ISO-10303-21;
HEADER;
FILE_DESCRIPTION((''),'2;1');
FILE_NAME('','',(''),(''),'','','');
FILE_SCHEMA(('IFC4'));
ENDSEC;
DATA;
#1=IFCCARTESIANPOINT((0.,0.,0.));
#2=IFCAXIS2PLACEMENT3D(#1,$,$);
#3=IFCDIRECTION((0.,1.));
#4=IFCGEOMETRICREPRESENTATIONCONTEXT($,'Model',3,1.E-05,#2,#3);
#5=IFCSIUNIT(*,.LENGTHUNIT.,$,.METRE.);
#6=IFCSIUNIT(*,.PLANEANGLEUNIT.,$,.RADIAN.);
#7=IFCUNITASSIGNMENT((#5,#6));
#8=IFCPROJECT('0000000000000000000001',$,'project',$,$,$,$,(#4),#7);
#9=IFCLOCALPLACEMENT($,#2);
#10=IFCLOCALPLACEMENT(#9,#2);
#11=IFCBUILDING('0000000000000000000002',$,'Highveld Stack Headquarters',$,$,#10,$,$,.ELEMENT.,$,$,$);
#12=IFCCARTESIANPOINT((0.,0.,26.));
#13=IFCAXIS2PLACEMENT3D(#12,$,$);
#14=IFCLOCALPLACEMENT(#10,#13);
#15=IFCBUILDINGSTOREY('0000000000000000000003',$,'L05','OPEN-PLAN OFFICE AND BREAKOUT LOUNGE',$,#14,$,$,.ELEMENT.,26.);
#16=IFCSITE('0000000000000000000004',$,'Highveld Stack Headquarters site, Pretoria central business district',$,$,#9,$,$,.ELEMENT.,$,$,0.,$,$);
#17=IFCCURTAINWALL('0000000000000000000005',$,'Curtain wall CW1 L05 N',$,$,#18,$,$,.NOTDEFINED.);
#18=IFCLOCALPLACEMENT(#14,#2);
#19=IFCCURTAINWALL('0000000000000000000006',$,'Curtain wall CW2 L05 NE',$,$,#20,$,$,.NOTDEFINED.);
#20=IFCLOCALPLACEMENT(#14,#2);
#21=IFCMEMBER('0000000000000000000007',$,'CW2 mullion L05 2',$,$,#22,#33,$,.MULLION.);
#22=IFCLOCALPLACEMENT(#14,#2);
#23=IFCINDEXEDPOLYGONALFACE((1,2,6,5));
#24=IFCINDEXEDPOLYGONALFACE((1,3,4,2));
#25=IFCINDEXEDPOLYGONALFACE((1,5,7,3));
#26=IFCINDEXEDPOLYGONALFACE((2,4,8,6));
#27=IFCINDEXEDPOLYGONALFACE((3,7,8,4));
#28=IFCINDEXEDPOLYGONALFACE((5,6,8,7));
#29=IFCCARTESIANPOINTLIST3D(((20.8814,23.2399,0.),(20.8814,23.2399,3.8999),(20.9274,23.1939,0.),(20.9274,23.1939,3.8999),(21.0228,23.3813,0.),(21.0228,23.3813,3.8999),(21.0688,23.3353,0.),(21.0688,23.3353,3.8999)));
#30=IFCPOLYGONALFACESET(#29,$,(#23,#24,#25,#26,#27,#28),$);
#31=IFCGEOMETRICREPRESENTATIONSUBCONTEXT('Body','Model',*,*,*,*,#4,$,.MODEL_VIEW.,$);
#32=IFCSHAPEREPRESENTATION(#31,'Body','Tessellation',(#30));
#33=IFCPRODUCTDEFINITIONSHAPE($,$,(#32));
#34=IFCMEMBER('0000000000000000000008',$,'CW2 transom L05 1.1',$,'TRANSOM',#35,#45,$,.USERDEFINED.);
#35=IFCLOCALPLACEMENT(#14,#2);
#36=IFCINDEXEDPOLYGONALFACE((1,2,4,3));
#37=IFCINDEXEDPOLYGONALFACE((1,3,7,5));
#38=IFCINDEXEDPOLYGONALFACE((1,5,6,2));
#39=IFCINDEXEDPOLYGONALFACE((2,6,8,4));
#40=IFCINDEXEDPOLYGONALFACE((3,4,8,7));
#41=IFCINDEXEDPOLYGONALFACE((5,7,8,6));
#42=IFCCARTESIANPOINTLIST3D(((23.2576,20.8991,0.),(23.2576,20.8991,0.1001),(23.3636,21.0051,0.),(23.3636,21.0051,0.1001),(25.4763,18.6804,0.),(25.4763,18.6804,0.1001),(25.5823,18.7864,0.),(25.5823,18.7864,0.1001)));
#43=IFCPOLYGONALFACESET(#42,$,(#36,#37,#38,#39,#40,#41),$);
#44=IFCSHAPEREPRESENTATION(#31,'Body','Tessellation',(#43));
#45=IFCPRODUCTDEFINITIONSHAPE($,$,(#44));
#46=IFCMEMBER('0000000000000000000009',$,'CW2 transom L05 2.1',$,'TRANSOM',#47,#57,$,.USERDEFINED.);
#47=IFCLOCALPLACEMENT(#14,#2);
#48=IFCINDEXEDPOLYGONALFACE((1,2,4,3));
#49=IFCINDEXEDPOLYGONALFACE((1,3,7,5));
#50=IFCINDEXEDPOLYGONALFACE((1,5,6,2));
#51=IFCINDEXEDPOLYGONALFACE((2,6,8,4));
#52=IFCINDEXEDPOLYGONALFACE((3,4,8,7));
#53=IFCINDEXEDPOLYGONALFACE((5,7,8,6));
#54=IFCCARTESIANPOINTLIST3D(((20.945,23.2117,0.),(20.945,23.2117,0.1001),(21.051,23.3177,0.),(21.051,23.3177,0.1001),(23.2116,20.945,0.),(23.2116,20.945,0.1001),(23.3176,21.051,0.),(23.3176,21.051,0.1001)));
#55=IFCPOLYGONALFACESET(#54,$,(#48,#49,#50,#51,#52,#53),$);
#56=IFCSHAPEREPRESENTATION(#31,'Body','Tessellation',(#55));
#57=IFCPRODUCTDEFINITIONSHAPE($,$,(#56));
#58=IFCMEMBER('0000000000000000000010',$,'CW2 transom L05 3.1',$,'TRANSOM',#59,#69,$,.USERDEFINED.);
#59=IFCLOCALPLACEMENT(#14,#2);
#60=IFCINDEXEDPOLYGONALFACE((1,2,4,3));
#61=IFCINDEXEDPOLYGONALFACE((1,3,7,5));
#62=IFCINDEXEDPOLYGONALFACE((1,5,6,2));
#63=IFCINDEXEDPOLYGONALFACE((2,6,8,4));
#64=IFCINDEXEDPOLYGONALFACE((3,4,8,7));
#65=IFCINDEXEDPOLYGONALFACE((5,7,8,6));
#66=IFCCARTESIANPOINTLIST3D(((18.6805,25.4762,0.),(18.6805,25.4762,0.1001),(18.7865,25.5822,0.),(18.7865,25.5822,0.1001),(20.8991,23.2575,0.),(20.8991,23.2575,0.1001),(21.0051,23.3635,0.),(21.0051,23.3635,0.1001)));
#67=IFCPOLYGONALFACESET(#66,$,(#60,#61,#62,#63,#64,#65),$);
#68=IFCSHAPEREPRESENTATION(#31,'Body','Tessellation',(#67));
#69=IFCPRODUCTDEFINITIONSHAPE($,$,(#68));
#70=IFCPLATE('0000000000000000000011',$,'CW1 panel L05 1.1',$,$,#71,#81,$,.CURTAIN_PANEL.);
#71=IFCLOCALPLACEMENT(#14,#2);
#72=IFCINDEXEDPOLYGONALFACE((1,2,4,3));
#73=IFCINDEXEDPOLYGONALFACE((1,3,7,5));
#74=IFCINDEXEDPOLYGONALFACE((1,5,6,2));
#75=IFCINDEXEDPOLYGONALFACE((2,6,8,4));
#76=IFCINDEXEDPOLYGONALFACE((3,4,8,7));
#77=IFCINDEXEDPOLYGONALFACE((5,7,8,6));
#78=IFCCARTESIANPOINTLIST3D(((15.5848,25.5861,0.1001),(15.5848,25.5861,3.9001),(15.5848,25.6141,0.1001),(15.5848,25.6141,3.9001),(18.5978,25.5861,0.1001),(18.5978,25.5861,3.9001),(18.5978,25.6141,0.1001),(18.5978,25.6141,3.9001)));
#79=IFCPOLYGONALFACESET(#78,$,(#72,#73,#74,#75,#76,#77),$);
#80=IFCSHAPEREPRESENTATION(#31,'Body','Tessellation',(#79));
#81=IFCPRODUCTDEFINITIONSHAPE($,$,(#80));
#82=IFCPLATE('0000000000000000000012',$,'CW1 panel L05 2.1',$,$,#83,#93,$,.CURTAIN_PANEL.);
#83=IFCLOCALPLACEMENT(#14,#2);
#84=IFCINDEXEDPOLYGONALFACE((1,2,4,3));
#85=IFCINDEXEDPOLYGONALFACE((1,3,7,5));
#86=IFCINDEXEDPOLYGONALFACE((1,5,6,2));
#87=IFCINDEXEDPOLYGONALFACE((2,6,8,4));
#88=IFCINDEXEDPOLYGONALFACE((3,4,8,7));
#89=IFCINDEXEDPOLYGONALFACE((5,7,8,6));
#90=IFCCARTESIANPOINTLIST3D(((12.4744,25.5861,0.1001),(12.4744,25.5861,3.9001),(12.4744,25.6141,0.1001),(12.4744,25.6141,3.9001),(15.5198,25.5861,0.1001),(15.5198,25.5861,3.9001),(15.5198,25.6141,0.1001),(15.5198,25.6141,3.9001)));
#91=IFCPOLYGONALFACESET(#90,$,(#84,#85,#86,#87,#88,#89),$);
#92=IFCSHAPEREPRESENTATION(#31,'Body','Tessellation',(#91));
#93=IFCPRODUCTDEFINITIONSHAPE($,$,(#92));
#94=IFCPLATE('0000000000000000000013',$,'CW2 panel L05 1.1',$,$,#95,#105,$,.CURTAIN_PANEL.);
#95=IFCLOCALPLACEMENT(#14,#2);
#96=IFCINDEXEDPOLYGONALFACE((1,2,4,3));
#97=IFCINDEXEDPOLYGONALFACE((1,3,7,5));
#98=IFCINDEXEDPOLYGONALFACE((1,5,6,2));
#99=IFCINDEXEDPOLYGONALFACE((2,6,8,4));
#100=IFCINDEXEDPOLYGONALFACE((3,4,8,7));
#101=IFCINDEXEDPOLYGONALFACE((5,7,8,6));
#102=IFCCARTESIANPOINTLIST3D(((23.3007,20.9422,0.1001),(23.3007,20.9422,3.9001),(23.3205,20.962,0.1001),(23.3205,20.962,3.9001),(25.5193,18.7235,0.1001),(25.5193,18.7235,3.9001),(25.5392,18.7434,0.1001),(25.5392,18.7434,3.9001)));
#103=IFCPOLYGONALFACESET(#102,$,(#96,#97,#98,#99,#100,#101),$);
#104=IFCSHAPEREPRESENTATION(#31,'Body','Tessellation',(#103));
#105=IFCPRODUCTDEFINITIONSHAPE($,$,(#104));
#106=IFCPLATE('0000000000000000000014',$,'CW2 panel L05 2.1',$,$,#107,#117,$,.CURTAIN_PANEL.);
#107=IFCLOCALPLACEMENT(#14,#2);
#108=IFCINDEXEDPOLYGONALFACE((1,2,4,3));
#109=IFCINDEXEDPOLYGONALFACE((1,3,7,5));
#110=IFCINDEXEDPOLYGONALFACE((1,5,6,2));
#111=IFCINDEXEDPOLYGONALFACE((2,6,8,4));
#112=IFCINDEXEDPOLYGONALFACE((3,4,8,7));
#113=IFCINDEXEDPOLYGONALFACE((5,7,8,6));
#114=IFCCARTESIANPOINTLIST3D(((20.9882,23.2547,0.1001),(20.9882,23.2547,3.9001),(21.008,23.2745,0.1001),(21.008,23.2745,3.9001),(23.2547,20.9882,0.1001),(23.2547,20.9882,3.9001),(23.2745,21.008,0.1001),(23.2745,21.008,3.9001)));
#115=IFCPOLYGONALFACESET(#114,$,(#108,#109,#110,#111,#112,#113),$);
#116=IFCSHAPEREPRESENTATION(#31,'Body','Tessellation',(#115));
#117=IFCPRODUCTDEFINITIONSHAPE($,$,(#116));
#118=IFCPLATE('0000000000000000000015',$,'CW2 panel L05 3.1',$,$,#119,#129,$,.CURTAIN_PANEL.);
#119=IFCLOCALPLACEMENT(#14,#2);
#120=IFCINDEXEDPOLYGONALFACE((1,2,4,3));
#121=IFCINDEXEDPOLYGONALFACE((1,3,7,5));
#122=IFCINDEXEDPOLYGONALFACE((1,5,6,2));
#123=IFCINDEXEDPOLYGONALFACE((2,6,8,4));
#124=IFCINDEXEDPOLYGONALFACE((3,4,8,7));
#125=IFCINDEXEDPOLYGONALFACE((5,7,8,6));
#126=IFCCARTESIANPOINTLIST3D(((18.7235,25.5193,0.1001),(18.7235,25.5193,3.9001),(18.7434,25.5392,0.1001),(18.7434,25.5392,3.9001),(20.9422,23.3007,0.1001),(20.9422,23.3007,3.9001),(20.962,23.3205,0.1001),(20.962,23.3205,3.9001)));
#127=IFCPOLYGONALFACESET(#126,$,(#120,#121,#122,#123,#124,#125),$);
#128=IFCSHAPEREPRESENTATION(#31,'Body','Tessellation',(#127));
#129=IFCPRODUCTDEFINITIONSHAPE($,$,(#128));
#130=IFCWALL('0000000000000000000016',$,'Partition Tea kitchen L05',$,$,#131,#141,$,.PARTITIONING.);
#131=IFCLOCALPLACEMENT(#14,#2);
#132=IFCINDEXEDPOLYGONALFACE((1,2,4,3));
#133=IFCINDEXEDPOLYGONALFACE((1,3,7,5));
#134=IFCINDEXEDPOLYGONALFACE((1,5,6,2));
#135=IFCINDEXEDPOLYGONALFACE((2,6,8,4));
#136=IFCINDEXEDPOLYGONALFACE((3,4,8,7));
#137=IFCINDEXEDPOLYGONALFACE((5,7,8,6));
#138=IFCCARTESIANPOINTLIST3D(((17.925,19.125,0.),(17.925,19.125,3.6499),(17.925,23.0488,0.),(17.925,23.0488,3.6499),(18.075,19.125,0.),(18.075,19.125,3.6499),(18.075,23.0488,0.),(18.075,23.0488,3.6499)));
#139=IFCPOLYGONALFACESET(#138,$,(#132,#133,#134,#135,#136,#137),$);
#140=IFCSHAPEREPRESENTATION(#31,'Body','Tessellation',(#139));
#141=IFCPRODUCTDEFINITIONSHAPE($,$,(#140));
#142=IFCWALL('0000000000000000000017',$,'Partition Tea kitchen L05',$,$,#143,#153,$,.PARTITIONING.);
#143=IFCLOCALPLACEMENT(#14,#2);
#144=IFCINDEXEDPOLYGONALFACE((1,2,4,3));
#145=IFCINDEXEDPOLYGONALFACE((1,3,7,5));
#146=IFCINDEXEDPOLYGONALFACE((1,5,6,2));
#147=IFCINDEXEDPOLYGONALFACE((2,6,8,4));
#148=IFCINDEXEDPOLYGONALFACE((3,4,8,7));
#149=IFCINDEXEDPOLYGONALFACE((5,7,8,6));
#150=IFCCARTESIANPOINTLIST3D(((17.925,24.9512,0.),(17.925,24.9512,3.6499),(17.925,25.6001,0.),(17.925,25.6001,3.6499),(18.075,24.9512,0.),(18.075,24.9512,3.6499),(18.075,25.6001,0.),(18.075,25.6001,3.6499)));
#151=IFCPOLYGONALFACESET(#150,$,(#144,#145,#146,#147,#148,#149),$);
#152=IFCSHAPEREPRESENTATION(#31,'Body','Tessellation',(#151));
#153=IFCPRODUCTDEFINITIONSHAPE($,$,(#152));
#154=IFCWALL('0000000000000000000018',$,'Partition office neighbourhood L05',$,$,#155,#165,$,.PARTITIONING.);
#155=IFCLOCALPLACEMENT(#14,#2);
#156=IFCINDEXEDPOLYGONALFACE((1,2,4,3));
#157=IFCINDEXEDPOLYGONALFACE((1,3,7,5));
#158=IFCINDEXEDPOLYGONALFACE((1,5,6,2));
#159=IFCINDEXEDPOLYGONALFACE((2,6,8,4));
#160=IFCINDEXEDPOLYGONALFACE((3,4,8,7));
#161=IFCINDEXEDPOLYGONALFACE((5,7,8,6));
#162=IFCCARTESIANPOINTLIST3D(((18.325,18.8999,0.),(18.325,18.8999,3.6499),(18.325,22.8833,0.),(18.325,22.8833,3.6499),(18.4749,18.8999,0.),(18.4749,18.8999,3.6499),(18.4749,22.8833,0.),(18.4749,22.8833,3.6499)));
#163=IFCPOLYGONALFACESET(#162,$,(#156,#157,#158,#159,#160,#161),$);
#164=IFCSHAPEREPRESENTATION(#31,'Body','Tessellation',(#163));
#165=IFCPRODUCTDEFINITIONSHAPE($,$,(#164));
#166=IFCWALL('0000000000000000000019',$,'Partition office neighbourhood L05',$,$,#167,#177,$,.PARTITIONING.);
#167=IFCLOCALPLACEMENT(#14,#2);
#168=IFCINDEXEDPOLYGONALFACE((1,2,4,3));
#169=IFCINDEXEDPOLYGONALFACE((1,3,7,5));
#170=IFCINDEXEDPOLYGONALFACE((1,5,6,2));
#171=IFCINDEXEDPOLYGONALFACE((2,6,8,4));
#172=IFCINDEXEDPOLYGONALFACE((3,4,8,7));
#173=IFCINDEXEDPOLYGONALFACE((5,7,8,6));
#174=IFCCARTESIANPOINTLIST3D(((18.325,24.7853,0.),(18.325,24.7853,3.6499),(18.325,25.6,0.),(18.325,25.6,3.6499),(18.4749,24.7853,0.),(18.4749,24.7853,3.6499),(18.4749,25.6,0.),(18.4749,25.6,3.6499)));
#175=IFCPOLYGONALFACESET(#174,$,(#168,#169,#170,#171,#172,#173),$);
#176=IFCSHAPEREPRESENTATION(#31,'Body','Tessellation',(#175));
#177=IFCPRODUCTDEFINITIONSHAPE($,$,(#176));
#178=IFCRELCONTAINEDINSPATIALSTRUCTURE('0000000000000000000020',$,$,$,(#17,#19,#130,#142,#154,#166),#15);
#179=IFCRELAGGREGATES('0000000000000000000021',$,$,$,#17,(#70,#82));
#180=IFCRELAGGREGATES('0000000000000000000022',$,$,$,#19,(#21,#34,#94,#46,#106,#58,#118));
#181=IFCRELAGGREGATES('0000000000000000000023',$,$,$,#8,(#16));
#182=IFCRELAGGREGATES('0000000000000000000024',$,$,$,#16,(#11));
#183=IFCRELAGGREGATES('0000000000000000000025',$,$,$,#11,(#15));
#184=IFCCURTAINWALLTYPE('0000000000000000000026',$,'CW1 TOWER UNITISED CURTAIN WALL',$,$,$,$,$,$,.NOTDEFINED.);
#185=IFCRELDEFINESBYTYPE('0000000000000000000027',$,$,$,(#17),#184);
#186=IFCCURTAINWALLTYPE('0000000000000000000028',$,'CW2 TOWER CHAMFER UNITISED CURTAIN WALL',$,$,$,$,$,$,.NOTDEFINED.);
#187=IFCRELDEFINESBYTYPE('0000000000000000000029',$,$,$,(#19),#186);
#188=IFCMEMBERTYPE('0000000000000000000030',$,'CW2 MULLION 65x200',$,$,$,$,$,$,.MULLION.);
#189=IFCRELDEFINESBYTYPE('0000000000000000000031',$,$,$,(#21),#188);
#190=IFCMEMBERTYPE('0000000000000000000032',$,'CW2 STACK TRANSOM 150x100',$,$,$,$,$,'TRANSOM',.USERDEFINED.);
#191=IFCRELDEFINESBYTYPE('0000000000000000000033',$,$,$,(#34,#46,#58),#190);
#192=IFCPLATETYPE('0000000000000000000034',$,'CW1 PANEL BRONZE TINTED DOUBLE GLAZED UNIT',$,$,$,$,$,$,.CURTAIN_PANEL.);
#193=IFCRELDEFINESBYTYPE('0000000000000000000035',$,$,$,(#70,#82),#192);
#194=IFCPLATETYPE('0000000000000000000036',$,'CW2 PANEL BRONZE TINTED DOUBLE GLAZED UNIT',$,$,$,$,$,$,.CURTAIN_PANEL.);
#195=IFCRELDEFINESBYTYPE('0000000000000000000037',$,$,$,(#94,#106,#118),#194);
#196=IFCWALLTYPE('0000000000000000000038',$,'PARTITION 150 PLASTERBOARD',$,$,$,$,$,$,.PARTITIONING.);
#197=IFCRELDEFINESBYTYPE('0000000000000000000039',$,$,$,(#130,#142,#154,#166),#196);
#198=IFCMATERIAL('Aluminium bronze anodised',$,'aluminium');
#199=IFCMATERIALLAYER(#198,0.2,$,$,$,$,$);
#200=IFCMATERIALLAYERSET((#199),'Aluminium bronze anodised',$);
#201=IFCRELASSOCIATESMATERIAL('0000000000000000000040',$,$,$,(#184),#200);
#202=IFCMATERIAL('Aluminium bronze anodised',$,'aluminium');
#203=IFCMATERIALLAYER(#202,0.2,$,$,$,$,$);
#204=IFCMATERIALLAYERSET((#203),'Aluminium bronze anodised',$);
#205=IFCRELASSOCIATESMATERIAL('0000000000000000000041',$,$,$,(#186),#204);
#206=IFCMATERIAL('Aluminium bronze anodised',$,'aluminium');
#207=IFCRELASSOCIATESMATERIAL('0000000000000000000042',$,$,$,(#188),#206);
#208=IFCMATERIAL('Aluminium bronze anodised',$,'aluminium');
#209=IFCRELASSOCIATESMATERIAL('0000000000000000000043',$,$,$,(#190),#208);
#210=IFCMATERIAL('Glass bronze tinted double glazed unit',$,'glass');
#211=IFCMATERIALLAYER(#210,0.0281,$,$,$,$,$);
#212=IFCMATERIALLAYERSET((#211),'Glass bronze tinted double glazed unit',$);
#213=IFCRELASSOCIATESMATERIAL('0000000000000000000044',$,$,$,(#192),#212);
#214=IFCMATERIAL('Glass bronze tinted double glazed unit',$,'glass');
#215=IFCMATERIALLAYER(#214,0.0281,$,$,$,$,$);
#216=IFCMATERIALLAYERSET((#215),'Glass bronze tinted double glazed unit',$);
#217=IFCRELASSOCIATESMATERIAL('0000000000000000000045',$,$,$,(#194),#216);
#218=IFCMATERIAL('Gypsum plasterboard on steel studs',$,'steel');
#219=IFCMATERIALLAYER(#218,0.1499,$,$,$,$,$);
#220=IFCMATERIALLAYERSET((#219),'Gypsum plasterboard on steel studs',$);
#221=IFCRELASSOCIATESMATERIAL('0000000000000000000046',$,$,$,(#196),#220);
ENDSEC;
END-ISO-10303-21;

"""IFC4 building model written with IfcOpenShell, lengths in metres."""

from ifc_helpers import new_model, si_unit, direction, frame, frame_2d, origin, origin_2d, place, context, subcontext, project, spatial, rectangle, extrude, material, layer, layer_set, material_profile, profile_set, type_object, element, aggregate, save


model = new_model("IFC4")

# Units and contexts
model_context = context("Model", 3, precision=1e-05, world=origin(), true_north=direction((0.0, 1.0)))
body_context = subcontext(model_context, "Body", "Model", "MODEL_VIEW")
ifc_project = project(units=[si_unit("LENGTHUNIT", "METRE"), si_unit("PLANEANGLEUNIT", "RADIAN")], contexts=[model_context])

# Site, building, storey
site_placement = place(None, origin())
site = spatial("IfcSite", under=ifc_project, at=site_placement, Name="Highveld Stack Headquarters site, Pretoria central business district", CompositionType="ELEMENT", RefElevation=0.0)
building_placement = place(site_placement, origin())
building = spatial("IfcBuilding", under=site, at=building_placement, Name="Highveld Stack Headquarters", CompositionType="ELEMENT")
storey_placement = place(building_placement, frame((0.0, 0.0, 26.0)))
storey = spatial("IfcBuildingStorey", under=building, at=storey_placement, Name="L05", Description="OPEN-PLAN OFFICE AND BREAKOUT LOUNGE", CompositionType="ELEMENT", Elevation=26.0)

# Shared definitions
ifc_material_1 = material(Name="Aluminium bronze anodised", Category="aluminium")
ifc_layer_1 = layer(ifc_material_1, 0.2)
ifc_layer_set_1 = layer_set([ifc_layer_1], Name="Aluminium bronze anodised")
curtain_wall_type_1 = type_object("IfcCurtainWallType", Name="CW1 TOWER UNITISED CURTAIN WALL", PredefinedType="NOTDEFINED", material=ifc_layer_set_1)

# Curtain wall
curtain_wall_1_placement = place(storey_placement, origin())
curtain_wall_1 = element("IfcCurtainWall", 1, at=curtain_wall_1_placement, inside=storey, type_object=curtain_wall_type_1, Name="Curtain wall CW1 L05 N", PredefinedType="NOTDEFINED")

# Curtain wall, members
ifc_material_2 = material(Name="Aluminium bronze anodised", Category="aluminium")
ifc_layer_2 = layer(ifc_material_2, 0.2)
ifc_layer_set_2 = layer_set([ifc_layer_2], Name="Aluminium bronze anodised")
curtain_wall_type_2 = type_object("IfcCurtainWallType", Name="CW2 TOWER CHAMFER UNITISED CURTAIN WALL", PredefinedType="NOTDEFINED", material=ifc_layer_set_2)
curtain_wall_2_placement = place(storey_placement, origin())
curtain_wall_2 = element("IfcCurtainWall", 2, at=curtain_wall_2_placement, inside=storey, type_object=curtain_wall_type_2, Name="Curtain wall CW2 L05 NE", PredefinedType="NOTDEFINED")
ifc_material_3 = material(Name="Aluminium bronze anodised", Category="aluminium")
ifc_material_profile_1 = material_profile(ifc_material_3, rectangle(XDim=0.2, YDim=0.0649, at=origin_2d()), Name="CW2 MULLION 65x200")
ifc_profile_set_1 = profile_set([ifc_material_profile_1], Name="Aluminium bronze anodised")
member_type_1 = type_object("IfcMemberType", Name="CW2 MULLION 65x200", PredefinedType="MULLION", material=ifc_profile_set_1)
member_1_placement = place(storey_placement, frame((20.9751, 23.2876, 0.0), z_axis=(0.0, 0.0, 1.0), x_axis=(-0.707107, -0.707107, 0.0)))
member_1 = element("IfcMember", 3, at=member_1_placement, type_object=member_type_1, Name="CW2 mullion L05 2", PredefinedType="MULLION", context=body_context, shape_type="SweptSolid", body=[
    extrude(rectangle(XDim=0.2, YDim=0.0649, at=origin_2d()), origin(), (0.0, 0.0, 1.0), 3.8999),
])
ifc_material_4 = material(Name="Aluminium bronze anodised", Category="aluminium")
ifc_material_profile_2 = material_profile(ifc_material_4, rectangle(XDim=0.1499, YDim=0.1001, at=origin_2d()), Name="CW2 TRANSOM 150x100")
ifc_profile_set_2 = profile_set([ifc_material_profile_2], Name="Aluminium bronze anodised")
member_type_2 = type_object("IfcMemberType", Name="CW2 STACK TRANSOM 150x100", ElementType="TRANSOM", PredefinedType="USERDEFINED", material=ifc_profile_set_2)
member_2_placement = place(storey_placement, frame((25.5293, 18.7334, 0.05), z_axis=(-0.707107, 0.707107, 0.0), x_axis=(-0.707107, -0.707107, 0.0)))
member_2 = element("IfcMember", 4, at=member_2_placement, type_object=member_type_2, Name="CW2 transom L05 1.1", ObjectType="TRANSOM", PredefinedType="USERDEFINED", context=body_context, shape_type="SweptSolid", body=[
    extrude(rectangle(XDim=0.1499, YDim=0.1001, at=origin_2d()), origin(), (0.0, 0.0, 1.0), 3.1377),
])
member_3_placement = place(storey_placement, frame((23.2646, 20.998, 0.05), z_axis=(-0.707107, 0.707107, 0.0), x_axis=(-0.707107, -0.707107, 0.0)))
member_3 = element("IfcMember", 5, at=member_3_placement, type_object=member_type_2, Name="CW2 transom L05 2.1", ObjectType="TRANSOM", PredefinedType="USERDEFINED", context=body_context, shape_type="SweptSolid", body=[
    extrude(rectangle(XDim=0.1499, YDim=0.1001, at=origin_2d()), origin(), (0.0, 0.0, 1.0), 3.2056),
])
member_4_placement = place(storey_placement, frame((20.9521, 23.3105, 0.05), z_axis=(-0.707107, 0.707107, 0.0), x_axis=(-0.707107, -0.707107, 0.0)))
member_4 = element("IfcMember", 6, at=member_4_placement, type_object=member_type_2, Name="CW2 transom L05 3.1", ObjectType="TRANSOM", PredefinedType="USERDEFINED", context=body_context, shape_type="SweptSolid", body=[
    extrude(rectangle(XDim=0.1499, YDim=0.1001, at=origin_2d()), origin(), (0.0, 0.0, 1.0), 3.1377),
])

# Plates
ifc_material_5 = material(Name="Glass bronze tinted double glazed unit", Category="glass")
ifc_layer_3 = layer(ifc_material_5, 0.0281)
ifc_layer_set_3 = layer_set([ifc_layer_3], Name="Glass bronze tinted double glazed unit")
plate_type_1 = type_object("IfcPlateType", Name="CW1 PANEL BRONZE TINTED DOUBLE GLAZED UNIT", PredefinedType="CURTAIN_PANEL", material=ifc_layer_set_3)
plate_1_placement = place(storey_placement, frame((17.0913, 25.6001, 0.1001), z_axis=(0.0, 0.0, 1.0), x_axis=(-1.0, 0.0, 0.0)))
plate_1 = element("IfcPlate", 7, at=plate_1_placement, type_object=plate_type_1, Name="CW1 panel L05 1.1", PredefinedType="CURTAIN_PANEL", context=body_context, shape_type="SweptSolid", body=[
    extrude(rectangle(XDim=3.0129, YDim=0.0281, at=origin_2d()), origin(), (0.0, 0.0, 1.0), 3.8),
])
plate_2_placement = place(storey_placement, frame((13.9971, 25.6001, 0.1001), z_axis=(0.0, 0.0, 1.0), x_axis=(-1.0, 0.0, 0.0)))
plate_2 = element("IfcPlate", 8, at=plate_2_placement, type_object=plate_type_1, Name="CW1 panel L05 2.1", PredefinedType="CURTAIN_PANEL", context=body_context, shape_type="SweptSolid", body=[
    extrude(rectangle(XDim=3.0454, YDim=0.0281, at=origin_2d()), origin(), (0.0, 0.0, 1.0), 3.8),
])
aggregate(curtain_wall_1, [plate_1, plate_2])
ifc_material_6 = material(Name="Glass bronze tinted double glazed unit", Category="glass")
ifc_layer_4 = layer(ifc_material_6, 0.0281)
ifc_layer_set_4 = layer_set([ifc_layer_4], Name="Glass bronze tinted double glazed unit")
plate_type_2 = type_object("IfcPlateType", Name="CW2 PANEL BRONZE TINTED DOUBLE GLAZED UNIT", PredefinedType="CURTAIN_PANEL", material=ifc_layer_set_4)
plate_3_placement = place(storey_placement, frame((24.4199, 19.8428, 0.1001), z_axis=(0.0, 0.0, 1.0), x_axis=(-0.707107, 0.707107, 0.0)))
plate_3 = element("IfcPlate", 9, at=plate_3_placement, type_object=plate_type_2, Name="CW2 panel L05 1.1", PredefinedType="CURTAIN_PANEL", context=body_context, shape_type="SweptSolid", body=[
    extrude(rectangle(XDim=3.1377, YDim=0.0281, at=origin_2d()), origin(), (0.0, 0.0, 1.0), 3.8),
])
plate_4_placement = place(storey_placement, frame((22.1313, 22.1313, 0.1001), z_axis=(0.0, 0.0, 1.0), x_axis=(-0.707107, 0.707107, 0.0)))
plate_4 = element("IfcPlate", 10, at=plate_4_placement, type_object=plate_type_2, Name="CW2 panel L05 2.1", PredefinedType="CURTAIN_PANEL", context=body_context, shape_type="SweptSolid", body=[
    extrude(rectangle(XDim=3.2053, YDim=0.0281, at=origin_2d()), origin(), (0.0, 0.0, 1.0), 3.8),
])
plate_5_placement = place(storey_placement, frame((19.8428, 24.4199, 0.1001), z_axis=(0.0, 0.0, 1.0), x_axis=(-0.707107, 0.707107, 0.0)))
plate_5 = element("IfcPlate", 11, at=plate_5_placement, type_object=plate_type_2, Name="CW2 panel L05 3.1", PredefinedType="CURTAIN_PANEL", context=body_context, shape_type="SweptSolid", body=[
    extrude(rectangle(XDim=3.1377, YDim=0.0281, at=origin_2d()), origin(), (0.0, 0.0, 1.0), 3.8),
])
aggregate(curtain_wall_2, [member_1, member_2, plate_3, member_3, plate_4, member_4, plate_5])

# Walls
ifc_material_7 = material(Name="Gypsum plasterboard on steel studs", Category="steel")
ifc_layer_5 = layer(ifc_material_7, 0.1499)
ifc_layer_set_5 = layer_set([ifc_layer_5], Name="Gypsum plasterboard on steel studs")
wall_type = type_object("IfcWallType", Name="PARTITION 150 PLASTERBOARD", PredefinedType="PARTITIONING", material=ifc_layer_set_5)
wall_1_placement = place(storey_placement, frame((18.0, 19.125, 0.0), z_axis=(0.0, 0.0, 1.0), x_axis=(0.0, 1.0, 0.0)))
element("IfcWall", 12, at=wall_1_placement, inside=storey, type_object=wall_type, Name="Partition Tea kitchen L05", PredefinedType="PARTITIONING", context=body_context, shape_type="SweptSolid", body=[
    extrude(rectangle(XDim=3.9238, YDim=0.1499, at=frame_2d((1.9619, 0.0))), origin(), (0.0, 0.0, 1.0), 3.6499),
])
wall_2_placement = place(storey_placement, frame((18.0, 24.9512, 0.0), z_axis=(0.0, 0.0, 1.0), x_axis=(0.0, 1.0, 0.0)))
element("IfcWall", 13, at=wall_2_placement, inside=storey, type_object=wall_type, Name="Partition Tea kitchen L05", PredefinedType="PARTITIONING", context=body_context, shape_type="SweptSolid", body=[
    extrude(rectangle(XDim=0.6489, YDim=0.1499, at=frame_2d((0.3245, 0.0))), origin(), (0.0, 0.0, 1.0), 3.6499),
])
wall_3_placement = place(storey_placement, frame((18.3999, 18.8999, 0.0), z_axis=(0.0, 0.0, 1.0), x_axis=(0.0, 1.0, 0.0)))
element("IfcWall", 14, at=wall_3_placement, inside=storey, type_object=wall_type, Name="Partition office neighbourhood L05", PredefinedType="PARTITIONING", context=body_context, shape_type="SweptSolid", body=[
    extrude(rectangle(XDim=3.9834, YDim=0.1499, at=frame_2d((1.9917, 0.0))), origin(), (0.0, 0.0, 1.0), 3.6499),
])
wall_4_placement = place(storey_placement, frame((18.3999, 24.7854, 0.0), z_axis=(0.0, 0.0, 1.0), x_axis=(0.0, 1.0, 0.0)))
element("IfcWall", 15, at=wall_4_placement, inside=storey, type_object=wall_type, Name="Partition office neighbourhood L05", PredefinedType="PARTITIONING", context=body_context, shape_type="SweptSolid", body=[
    extrude(rectangle(XDim=0.8147, YDim=0.1499, at=frame_2d((0.4072, 0.0))), origin(), (0.0, 0.0, 1.0), 3.6499),
])

save(model, "model.ifc")
